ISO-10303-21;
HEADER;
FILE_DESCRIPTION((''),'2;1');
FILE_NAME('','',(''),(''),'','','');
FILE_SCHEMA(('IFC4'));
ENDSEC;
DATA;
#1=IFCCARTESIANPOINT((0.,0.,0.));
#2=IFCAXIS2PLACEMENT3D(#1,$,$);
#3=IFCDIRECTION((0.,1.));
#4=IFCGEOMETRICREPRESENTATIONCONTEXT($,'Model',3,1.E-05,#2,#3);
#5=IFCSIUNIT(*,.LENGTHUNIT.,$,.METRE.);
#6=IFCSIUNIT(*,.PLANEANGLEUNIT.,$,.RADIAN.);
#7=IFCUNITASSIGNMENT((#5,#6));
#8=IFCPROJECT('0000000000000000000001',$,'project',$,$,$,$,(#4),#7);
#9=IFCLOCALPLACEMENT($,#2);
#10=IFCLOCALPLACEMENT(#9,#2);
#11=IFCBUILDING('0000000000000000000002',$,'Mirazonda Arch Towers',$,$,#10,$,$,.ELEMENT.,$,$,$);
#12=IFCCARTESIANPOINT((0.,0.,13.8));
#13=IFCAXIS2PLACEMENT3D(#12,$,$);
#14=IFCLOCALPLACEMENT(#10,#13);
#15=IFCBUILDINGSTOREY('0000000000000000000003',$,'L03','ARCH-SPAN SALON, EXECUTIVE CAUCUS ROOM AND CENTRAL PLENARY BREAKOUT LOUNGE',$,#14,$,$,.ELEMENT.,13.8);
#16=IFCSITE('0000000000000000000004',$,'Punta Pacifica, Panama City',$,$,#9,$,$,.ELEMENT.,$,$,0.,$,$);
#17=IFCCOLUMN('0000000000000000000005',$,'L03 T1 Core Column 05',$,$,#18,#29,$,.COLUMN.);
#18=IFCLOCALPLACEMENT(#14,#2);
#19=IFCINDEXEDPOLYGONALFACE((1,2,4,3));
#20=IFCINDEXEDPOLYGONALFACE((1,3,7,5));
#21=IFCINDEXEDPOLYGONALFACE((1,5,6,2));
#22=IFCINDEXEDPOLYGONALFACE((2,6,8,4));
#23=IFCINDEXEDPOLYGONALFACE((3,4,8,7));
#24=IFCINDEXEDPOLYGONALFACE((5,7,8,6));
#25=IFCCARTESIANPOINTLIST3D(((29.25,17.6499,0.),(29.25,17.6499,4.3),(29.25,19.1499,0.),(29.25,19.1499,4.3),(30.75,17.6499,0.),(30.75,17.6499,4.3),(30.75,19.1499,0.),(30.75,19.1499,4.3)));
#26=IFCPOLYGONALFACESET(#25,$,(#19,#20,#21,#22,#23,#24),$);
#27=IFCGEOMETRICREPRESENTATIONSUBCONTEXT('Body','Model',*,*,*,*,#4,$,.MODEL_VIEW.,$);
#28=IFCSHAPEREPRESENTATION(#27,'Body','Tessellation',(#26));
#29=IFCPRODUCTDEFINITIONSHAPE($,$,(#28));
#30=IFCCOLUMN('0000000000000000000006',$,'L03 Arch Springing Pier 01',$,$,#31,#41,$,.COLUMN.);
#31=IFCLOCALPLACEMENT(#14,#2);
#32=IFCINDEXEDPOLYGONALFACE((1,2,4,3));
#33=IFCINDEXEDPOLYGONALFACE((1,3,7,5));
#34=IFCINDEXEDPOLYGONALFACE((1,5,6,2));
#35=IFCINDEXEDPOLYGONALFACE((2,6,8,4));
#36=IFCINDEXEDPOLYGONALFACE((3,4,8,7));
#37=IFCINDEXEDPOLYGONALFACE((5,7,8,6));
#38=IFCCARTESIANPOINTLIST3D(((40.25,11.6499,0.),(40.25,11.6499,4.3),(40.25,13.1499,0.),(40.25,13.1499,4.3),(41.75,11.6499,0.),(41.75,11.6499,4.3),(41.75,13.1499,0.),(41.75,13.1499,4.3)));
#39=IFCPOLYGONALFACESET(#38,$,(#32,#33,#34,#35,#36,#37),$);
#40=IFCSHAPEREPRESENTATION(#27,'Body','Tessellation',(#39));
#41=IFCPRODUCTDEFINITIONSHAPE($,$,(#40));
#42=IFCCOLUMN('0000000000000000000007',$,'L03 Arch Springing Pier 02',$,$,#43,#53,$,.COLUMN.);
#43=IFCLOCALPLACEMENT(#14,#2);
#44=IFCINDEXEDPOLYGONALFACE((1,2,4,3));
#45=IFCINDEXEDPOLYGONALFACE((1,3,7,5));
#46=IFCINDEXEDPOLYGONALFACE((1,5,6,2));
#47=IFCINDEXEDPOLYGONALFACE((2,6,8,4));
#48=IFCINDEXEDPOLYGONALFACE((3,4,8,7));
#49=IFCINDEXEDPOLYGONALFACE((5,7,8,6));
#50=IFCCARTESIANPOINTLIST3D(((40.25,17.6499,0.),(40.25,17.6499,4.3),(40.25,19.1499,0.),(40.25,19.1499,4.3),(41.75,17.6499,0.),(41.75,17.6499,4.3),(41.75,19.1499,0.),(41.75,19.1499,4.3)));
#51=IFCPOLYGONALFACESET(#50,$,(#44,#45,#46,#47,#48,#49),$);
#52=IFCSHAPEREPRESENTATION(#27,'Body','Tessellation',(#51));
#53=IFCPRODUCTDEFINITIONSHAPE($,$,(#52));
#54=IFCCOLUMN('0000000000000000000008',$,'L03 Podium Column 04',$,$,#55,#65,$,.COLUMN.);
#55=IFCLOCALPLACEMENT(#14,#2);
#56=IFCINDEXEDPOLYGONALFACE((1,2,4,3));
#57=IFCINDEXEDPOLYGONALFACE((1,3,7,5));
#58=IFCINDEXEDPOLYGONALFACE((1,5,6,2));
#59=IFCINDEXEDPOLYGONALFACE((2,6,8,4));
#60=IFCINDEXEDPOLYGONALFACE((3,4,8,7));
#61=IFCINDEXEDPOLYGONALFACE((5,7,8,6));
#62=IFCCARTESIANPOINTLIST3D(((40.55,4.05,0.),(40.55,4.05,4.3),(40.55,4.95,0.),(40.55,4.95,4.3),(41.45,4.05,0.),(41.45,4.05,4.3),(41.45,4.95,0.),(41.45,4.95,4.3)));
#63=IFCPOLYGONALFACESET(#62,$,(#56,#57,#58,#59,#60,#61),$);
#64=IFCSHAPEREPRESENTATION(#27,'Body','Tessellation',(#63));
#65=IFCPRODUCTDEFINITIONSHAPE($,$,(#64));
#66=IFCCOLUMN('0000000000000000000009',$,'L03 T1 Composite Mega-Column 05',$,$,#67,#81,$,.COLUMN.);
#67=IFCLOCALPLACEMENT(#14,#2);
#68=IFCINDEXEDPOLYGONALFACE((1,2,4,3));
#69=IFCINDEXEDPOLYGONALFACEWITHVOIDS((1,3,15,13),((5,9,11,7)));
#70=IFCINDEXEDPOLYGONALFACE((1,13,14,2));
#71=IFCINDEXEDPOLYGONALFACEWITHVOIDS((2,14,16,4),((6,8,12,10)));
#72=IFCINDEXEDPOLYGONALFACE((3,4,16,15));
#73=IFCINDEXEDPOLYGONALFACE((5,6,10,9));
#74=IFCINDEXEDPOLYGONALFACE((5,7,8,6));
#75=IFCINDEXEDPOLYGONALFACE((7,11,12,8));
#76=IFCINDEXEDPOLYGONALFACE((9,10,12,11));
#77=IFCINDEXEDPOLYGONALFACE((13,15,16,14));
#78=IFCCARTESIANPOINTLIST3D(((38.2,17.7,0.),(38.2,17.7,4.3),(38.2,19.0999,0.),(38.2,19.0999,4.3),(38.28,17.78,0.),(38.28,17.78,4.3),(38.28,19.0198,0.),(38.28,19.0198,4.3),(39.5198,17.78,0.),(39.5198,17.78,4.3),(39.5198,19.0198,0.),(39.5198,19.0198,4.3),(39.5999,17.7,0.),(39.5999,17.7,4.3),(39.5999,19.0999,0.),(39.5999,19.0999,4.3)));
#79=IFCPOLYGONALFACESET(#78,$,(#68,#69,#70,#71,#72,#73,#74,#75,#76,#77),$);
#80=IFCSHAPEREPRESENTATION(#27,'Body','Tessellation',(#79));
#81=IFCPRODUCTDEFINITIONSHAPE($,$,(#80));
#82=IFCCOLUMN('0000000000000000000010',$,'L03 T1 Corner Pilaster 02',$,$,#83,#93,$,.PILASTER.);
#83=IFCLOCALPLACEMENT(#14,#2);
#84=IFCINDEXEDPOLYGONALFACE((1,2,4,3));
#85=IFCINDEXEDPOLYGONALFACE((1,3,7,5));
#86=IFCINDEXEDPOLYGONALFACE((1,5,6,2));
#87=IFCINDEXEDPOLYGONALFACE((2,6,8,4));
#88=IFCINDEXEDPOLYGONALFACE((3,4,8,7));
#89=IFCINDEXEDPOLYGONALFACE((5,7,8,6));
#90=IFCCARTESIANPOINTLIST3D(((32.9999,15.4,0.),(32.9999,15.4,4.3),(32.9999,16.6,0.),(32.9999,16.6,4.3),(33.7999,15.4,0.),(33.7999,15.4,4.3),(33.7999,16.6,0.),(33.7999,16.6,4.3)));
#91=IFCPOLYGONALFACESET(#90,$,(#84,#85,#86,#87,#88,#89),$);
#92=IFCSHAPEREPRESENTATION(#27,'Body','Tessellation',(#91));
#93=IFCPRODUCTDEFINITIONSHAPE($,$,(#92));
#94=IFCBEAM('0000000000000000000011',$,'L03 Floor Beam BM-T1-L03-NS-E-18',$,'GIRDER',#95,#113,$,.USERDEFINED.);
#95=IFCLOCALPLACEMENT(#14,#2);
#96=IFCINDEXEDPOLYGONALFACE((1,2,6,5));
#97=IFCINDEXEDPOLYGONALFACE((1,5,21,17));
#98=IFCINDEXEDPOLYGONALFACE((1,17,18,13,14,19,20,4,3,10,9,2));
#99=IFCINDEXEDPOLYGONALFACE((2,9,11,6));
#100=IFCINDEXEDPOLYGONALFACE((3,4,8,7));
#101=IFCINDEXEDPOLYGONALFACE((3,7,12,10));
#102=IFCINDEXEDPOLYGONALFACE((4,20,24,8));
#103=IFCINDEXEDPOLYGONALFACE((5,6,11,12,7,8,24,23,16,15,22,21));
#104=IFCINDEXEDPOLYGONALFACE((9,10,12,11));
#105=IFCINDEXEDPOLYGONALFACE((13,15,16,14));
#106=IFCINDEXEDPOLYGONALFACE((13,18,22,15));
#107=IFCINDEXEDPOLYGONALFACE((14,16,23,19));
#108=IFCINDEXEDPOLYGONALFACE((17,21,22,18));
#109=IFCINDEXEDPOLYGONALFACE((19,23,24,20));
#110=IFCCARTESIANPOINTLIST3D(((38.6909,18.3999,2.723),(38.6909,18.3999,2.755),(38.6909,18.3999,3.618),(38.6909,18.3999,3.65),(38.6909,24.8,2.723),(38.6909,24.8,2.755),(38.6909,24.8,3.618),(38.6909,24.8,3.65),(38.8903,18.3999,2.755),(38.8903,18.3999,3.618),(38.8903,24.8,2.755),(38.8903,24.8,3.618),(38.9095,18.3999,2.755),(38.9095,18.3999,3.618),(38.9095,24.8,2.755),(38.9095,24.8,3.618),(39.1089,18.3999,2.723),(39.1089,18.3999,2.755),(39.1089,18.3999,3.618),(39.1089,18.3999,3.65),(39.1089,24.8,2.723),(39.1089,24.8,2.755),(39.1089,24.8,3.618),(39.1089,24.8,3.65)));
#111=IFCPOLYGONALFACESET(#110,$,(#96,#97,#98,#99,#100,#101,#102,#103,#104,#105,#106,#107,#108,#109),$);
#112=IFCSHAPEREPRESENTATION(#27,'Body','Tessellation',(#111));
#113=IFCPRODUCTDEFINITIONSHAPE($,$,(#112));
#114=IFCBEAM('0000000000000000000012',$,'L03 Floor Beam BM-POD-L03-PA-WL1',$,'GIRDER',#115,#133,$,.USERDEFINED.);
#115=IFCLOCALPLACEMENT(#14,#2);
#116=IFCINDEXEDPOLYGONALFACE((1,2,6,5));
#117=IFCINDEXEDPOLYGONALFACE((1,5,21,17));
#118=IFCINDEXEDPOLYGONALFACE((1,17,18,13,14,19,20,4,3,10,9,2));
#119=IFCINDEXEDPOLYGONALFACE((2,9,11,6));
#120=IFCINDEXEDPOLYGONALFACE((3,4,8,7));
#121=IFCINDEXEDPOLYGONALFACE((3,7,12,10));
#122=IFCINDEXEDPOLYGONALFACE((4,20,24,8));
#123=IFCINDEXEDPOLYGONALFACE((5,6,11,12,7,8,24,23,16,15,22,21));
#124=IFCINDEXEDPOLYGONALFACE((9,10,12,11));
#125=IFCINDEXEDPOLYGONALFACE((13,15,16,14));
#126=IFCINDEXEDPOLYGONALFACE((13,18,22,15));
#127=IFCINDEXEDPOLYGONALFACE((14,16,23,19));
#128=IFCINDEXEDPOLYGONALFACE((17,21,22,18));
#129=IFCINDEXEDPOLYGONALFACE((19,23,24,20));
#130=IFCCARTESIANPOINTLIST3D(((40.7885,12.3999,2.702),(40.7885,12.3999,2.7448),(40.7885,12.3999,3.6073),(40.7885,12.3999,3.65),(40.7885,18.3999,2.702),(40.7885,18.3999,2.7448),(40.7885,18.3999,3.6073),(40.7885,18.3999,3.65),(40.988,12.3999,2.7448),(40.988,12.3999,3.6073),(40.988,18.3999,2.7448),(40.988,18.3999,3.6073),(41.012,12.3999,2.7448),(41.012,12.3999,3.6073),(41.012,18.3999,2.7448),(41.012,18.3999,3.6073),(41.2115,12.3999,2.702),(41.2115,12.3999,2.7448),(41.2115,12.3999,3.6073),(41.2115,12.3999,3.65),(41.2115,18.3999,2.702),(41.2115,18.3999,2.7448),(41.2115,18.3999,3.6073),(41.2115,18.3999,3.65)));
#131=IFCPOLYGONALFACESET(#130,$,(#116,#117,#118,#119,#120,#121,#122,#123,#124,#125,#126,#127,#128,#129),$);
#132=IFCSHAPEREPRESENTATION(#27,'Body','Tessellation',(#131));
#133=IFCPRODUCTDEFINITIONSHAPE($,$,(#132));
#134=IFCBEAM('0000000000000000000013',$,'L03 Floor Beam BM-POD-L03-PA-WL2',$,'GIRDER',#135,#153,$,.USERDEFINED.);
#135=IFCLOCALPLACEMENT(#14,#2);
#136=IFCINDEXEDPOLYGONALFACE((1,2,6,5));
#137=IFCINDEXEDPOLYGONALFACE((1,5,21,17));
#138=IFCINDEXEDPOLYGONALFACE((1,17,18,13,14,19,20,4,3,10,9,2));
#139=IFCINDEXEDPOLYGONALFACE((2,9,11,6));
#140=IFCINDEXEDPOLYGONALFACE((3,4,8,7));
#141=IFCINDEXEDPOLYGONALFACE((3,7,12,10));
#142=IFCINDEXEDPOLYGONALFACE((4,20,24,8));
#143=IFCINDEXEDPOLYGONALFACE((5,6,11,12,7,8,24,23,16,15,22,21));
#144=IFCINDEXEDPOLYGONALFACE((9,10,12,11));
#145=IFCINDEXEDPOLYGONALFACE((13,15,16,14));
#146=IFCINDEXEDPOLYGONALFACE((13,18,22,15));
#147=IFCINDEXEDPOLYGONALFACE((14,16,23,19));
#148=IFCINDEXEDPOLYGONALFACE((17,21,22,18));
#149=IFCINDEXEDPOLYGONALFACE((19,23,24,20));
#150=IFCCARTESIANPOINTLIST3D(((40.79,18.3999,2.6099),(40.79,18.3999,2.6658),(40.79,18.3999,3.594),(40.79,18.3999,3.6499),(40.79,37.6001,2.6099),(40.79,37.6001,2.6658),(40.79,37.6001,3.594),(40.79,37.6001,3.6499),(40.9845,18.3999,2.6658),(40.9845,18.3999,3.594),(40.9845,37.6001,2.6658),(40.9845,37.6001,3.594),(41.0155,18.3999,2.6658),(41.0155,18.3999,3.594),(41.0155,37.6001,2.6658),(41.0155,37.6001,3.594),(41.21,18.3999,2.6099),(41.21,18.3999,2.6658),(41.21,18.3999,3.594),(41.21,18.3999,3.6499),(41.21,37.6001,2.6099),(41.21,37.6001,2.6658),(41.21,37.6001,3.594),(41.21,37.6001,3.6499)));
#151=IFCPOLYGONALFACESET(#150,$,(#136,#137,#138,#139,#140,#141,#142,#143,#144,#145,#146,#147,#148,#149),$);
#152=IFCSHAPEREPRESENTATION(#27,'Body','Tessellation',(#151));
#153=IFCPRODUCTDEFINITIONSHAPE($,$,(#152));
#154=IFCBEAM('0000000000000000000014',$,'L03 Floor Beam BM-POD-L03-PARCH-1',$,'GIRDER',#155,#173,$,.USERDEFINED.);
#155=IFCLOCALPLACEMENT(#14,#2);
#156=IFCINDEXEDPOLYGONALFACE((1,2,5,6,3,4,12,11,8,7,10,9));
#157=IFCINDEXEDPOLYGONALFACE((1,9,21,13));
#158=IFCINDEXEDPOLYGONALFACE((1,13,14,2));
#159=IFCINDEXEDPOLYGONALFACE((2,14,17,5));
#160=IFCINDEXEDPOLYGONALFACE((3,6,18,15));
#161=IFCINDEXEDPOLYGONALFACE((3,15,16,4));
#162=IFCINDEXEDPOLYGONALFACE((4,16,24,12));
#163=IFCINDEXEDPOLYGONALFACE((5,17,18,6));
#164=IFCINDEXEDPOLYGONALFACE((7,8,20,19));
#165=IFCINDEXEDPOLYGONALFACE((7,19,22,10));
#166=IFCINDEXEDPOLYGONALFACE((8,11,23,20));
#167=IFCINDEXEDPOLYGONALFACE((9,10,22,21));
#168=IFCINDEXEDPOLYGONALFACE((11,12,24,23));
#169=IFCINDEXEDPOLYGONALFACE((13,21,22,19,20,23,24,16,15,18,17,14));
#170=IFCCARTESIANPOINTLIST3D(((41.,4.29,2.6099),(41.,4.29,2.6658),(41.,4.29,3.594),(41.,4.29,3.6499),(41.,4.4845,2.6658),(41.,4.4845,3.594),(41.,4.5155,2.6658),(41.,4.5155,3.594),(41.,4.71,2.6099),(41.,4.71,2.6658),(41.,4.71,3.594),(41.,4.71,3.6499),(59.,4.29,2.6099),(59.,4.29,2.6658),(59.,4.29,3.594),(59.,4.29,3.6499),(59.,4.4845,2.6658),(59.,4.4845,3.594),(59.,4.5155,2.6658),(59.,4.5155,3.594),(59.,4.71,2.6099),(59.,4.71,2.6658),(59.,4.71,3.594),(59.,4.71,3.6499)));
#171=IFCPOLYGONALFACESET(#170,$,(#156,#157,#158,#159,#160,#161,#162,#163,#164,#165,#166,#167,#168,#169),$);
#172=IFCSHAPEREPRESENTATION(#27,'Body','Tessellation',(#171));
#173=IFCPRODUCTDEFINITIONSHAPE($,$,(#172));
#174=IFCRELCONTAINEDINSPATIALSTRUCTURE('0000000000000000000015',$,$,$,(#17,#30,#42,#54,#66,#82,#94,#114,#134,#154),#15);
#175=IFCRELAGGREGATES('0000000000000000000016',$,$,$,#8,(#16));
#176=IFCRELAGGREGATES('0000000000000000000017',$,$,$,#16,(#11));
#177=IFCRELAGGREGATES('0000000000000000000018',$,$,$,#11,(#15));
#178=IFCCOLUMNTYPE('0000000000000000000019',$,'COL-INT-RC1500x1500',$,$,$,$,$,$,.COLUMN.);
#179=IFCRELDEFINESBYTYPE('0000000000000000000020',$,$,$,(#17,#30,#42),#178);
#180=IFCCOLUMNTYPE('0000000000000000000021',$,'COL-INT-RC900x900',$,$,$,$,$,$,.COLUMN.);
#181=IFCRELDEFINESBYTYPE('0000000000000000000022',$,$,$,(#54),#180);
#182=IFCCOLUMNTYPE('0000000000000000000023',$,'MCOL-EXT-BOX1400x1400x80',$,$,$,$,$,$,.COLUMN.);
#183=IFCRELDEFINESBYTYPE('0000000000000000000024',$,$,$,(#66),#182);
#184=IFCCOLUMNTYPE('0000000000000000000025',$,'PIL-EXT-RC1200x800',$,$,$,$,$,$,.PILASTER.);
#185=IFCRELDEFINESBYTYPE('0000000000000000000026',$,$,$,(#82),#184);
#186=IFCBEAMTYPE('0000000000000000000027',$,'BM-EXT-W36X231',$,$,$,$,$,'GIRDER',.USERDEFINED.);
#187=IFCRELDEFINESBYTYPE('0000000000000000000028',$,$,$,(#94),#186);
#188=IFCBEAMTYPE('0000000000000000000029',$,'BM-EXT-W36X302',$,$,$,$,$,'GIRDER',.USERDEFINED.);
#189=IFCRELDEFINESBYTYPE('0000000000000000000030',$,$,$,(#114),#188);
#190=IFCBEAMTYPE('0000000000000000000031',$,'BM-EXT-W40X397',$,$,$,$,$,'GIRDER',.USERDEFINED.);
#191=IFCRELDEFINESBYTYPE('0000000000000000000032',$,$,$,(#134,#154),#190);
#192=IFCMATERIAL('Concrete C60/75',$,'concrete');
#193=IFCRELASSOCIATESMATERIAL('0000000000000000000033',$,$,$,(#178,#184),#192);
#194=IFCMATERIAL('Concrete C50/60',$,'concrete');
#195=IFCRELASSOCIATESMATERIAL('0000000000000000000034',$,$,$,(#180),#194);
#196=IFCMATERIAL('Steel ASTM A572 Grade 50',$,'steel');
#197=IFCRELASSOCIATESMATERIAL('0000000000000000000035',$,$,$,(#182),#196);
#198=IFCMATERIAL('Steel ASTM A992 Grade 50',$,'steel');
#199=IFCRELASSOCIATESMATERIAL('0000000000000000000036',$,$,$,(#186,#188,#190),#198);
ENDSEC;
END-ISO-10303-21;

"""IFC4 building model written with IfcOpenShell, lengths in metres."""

from ifc_helpers import new_model, si_unit, direction, frame, origin, origin_2d, place, context, subcontext, project, spatial, rectangle, hollow_rectangle, i_section, extrude, material, material_profile, profile_set, type_object, element, save


model = new_model("IFC4")

# Units and contexts
model_context = context("Model", 3, precision=1e-05, world=origin(), true_north=direction((0.0, 1.0)))
body_context = subcontext(model_context, "Body", "Model", "MODEL_VIEW")
ifc_project = project(units=[si_unit("LENGTHUNIT", "METRE"), si_unit("PLANEANGLEUNIT", "RADIAN")], contexts=[model_context])

# Site, building, storey
site_placement = place(None, origin())
site = spatial("IfcSite", under=ifc_project, at=site_placement, Name="Punta Pacifica, Panama City", CompositionType="ELEMENT", RefElevation=0.0)
building_placement = place(site_placement, origin())
building = spatial("IfcBuilding", under=site, at=building_placement, Name="Mirazonda Arch Towers", CompositionType="ELEMENT")
storey_placement = place(building_placement, frame((0.0, 0.0, 13.8)))
storey = spatial("IfcBuildingStorey", under=building, at=storey_placement, Name="L03", Description="ARCH-SPAN SALON, EXECUTIVE CAUCUS ROOM AND CENTRAL PLENARY BREAKOUT LOUNGE", CompositionType="ELEMENT", Elevation=13.8)

# Columns
ifc_material_1 = material(Name="Concrete C60/75", Category="concrete")
ifc_material_profile_1 = material_profile(ifc_material_1, rectangle(XDim=1.5, YDim=1.5, at=origin_2d()), Name="RC1500x1500")
ifc_profile_set_1 = profile_set([ifc_material_profile_1], Name="Concrete C60/75")
column_type_1 = type_object("IfcColumnType", Name="COL-INT-RC1500x1500", PredefinedType="COLUMN", material=ifc_profile_set_1)
for number, where, z_axis, x_axis, name in (
    (1, (30.0, 18.3999, 0.0), (0.0, 0.0, 1.0), (1.0, 0.0, 0.0), "L03 T1 Core Column 05"),
    (2, (41.0, 12.3999, 0.0), (0.0, 0.0, 1.0), (1.0, 0.0, 0.0), "L03 Arch Springing Pier 01"),
    (3, (41.0, 18.3999, 0.0), (0.0, 0.0, 1.0), (1.0, 0.0, 0.0), "L03 Arch Springing Pier 02"),
):
    element("IfcColumn", number, at=place(storey_placement, frame(where, z_axis=z_axis, x_axis=x_axis)), inside=storey, type_object=column_type_1, Name=name, PredefinedType="COLUMN", context=body_context, shape_type="SweptSolid", body=[
        extrude(rectangle(XDim=1.5, YDim=1.5, at=origin_2d()), origin(), (0.0, 0.0, 1.0), 4.3),
    ])
ifc_material_2 = material(Name="Concrete C50/60", Category="concrete")
ifc_material_profile_2 = material_profile(ifc_material_2, rectangle(XDim=0.8999, YDim=0.8999, at=origin_2d()), Name="RC900x900")
ifc_profile_set_2 = profile_set([ifc_material_profile_2], Name="Concrete C50/60")
column_type_2 = type_object("IfcColumnType", Name="COL-INT-RC900x900", PredefinedType="COLUMN", material=ifc_profile_set_2)
column_1_placement = place(storey_placement, frame((41.0, 4.5, 0.0), z_axis=(0.0, 0.0, 1.0), x_axis=(1.0, 0.0, 0.0)))
element("IfcColumn", 4, at=column_1_placement, inside=storey, type_object=column_type_2, Name="L03 Podium Column 04", PredefinedType="COLUMN", context=body_context, shape_type="SweptSolid", body=[
    extrude(rectangle(XDim=0.8999, YDim=0.8999, at=origin_2d()), origin(), (0.0, 0.0, 1.0), 4.3),
])
ifc_material_3 = material(Name="Steel ASTM A572 Grade 50", Category="steel")
ifc_material_profile_3 = material_profile(ifc_material_3, hollow_rectangle(XDim=1.3999, YDim=1.3999, WallThickness=0.0801, at=origin_2d()), Name="BOX1400x1400x80")
ifc_profile_set_3 = profile_set([ifc_material_profile_3], Name="Steel ASTM A572 Grade 50")
column_type_3 = type_object("IfcColumnType", Name="MCOL-EXT-BOX1400x1400x80", PredefinedType="COLUMN", material=ifc_profile_set_3)
column_2_placement = place(storey_placement, frame((38.8999, 18.3999, 0.0), z_axis=(0.0, 0.0, 1.0), x_axis=(1.0, 0.0, 0.0)))
element("IfcColumn", 5, at=column_2_placement, inside=storey, type_object=column_type_3, Name="L03 T1 Composite Mega-Column 05", PredefinedType="COLUMN", context=body_context, shape_type="SweptSolid", body=[
    extrude(hollow_rectangle(XDim=1.3999, YDim=1.3999, WallThickness=0.0801, at=origin_2d()), origin(), (0.0, 0.0, 1.0), 4.3),
])
ifc_material_profile_4 = material_profile(ifc_material_1, rectangle(XDim=0.8, YDim=1.2, at=origin_2d()), Name="RC1200x800")
ifc_profile_set_4 = profile_set([ifc_material_profile_4], Name="Concrete C60/75")
column_type_4 = type_object("IfcColumnType", Name="PIL-EXT-RC1200x800", PredefinedType="PILASTER", material=ifc_profile_set_4)
column_3_placement = place(storey_placement, frame((33.3999, 16.0, 0.0), z_axis=(0.0, 0.0, 1.0), x_axis=(1.0, 0.0, 0.0)))
element("IfcColumn", 6, at=column_3_placement, inside=storey, type_object=column_type_4, Name="L03 T1 Corner Pilaster 02", PredefinedType="PILASTER", context=body_context, shape_type="SweptSolid", body=[
    extrude(rectangle(XDim=0.8, YDim=1.2, at=origin_2d()), origin(), (0.0, 0.0, 1.0), 4.3),
])

# Beams
ifc_material_4 = material(Name="Steel ASTM A992 Grade 50", Category="steel")
ifc_material_profile_5 = material_profile(ifc_material_4, i_section(OverallWidth=0.418, OverallDepth=0.927, WebThickness=0.0193, FlangeThickness=0.032, at=origin_2d()), Name="W36X231")
ifc_profile_set_5 = profile_set([ifc_material_profile_5], Name="Steel ASTM A992 Grade 50")
beam_type_1 = type_object("IfcBeamType", Name="BM-EXT-W36X231", ElementType="GIRDER", PredefinedType="USERDEFINED", material=ifc_profile_set_5)
beam_1_placement = place(storey_placement, frame((38.8999, 18.3999, 3.1865), z_axis=(0.0, 1.0, 0.0), x_axis=(-1.0, 0.0, 0.0)))
element("IfcBeam", 7, at=beam_1_placement, inside=storey, type_object=beam_type_1, Name="L03 Floor Beam BM-T1-L03-NS-E-18", ObjectType="GIRDER", PredefinedType="USERDEFINED", context=body_context, shape_type="SweptSolid", body=[
    extrude(i_section(OverallWidth=0.418, OverallDepth=0.927, WebThickness=0.0193, FlangeThickness=0.032, at=origin_2d()), origin(), (0.0, 0.0, 1.0), 6.4001),
])
ifc_material_profile_6 = material_profile(ifc_material_4, i_section(OverallWidth=0.4231, OverallDepth=0.948, WebThickness=0.0239, FlangeThickness=0.0427, at=origin_2d()), Name="W36X302")
ifc_profile_set_6 = profile_set([ifc_material_profile_6], Name="Steel ASTM A992 Grade 50")
beam_type_2 = type_object("IfcBeamType", Name="BM-EXT-W36X302", ElementType="GIRDER", PredefinedType="USERDEFINED", material=ifc_profile_set_6)
beam_2_placement = place(storey_placement, frame((41.0, 12.3999, 3.176), z_axis=(0.0, 1.0, 0.0), x_axis=(-1.0, 0.0, 0.0)))
element("IfcBeam", 8, at=beam_2_placement, inside=storey, type_object=beam_type_2, Name="L03 Floor Beam BM-POD-L03-PA-WL1", ObjectType="GIRDER", PredefinedType="USERDEFINED", context=body_context, shape_type="SweptSolid", body=[
    extrude(i_section(OverallWidth=0.4231, OverallDepth=0.948, WebThickness=0.0239, FlangeThickness=0.0427, at=origin_2d()), origin(), (0.0, 0.0, 1.0), 6.0),
])
ifc_material_profile_7 = material_profile(ifc_material_4, i_section(OverallWidth=0.4199, OverallDepth=1.04, WebThickness=0.031, FlangeThickness=0.0559, at=origin_2d()), Name="W40X397")
ifc_profile_set_7 = profile_set([ifc_material_profile_7], Name="Steel ASTM A992 Grade 50")
beam_type_3 = type_object("IfcBeamType", Name="BM-EXT-W40X397", ElementType="GIRDER", PredefinedType="USERDEFINED", material=ifc_profile_set_7)
beam_3_placement = place(storey_placement, frame((41.0, 18.3999, 3.1299), z_axis=(0.0, 1.0, 0.0), x_axis=(-1.0, 0.0, 0.0)))
element("IfcBeam", 9, at=beam_3_placement, inside=storey, type_object=beam_type_3, Name="L03 Floor Beam BM-POD-L03-PA-WL2", ObjectType="GIRDER", PredefinedType="USERDEFINED", context=body_context, shape_type="SweptSolid", body=[
    extrude(i_section(OverallWidth=0.4199, OverallDepth=1.04, WebThickness=0.031, FlangeThickness=0.0559, at=origin_2d()), origin(), (0.0, 0.0, 1.0), 19.2002),
])
beam_4_placement = place(storey_placement, frame((41.0, 4.5, 3.1299), z_axis=(1.0, 0.0, 0.0), x_axis=(0.0, 1.0, 0.0)))
element("IfcBeam", 10, at=beam_4_placement, inside=storey, type_object=beam_type_3, Name="L03 Floor Beam BM-POD-L03-PARCH-1", ObjectType="GIRDER", PredefinedType="USERDEFINED", context=body_context, shape_type="SweptSolid", body=[
    extrude(i_section(OverallWidth=0.4199, OverallDepth=1.04, WebThickness=0.031, FlangeThickness=0.0559, at=origin_2d()), origin(), (0.0, 0.0, 1.0), 18.0),
])

save(model, "model.ifc")
